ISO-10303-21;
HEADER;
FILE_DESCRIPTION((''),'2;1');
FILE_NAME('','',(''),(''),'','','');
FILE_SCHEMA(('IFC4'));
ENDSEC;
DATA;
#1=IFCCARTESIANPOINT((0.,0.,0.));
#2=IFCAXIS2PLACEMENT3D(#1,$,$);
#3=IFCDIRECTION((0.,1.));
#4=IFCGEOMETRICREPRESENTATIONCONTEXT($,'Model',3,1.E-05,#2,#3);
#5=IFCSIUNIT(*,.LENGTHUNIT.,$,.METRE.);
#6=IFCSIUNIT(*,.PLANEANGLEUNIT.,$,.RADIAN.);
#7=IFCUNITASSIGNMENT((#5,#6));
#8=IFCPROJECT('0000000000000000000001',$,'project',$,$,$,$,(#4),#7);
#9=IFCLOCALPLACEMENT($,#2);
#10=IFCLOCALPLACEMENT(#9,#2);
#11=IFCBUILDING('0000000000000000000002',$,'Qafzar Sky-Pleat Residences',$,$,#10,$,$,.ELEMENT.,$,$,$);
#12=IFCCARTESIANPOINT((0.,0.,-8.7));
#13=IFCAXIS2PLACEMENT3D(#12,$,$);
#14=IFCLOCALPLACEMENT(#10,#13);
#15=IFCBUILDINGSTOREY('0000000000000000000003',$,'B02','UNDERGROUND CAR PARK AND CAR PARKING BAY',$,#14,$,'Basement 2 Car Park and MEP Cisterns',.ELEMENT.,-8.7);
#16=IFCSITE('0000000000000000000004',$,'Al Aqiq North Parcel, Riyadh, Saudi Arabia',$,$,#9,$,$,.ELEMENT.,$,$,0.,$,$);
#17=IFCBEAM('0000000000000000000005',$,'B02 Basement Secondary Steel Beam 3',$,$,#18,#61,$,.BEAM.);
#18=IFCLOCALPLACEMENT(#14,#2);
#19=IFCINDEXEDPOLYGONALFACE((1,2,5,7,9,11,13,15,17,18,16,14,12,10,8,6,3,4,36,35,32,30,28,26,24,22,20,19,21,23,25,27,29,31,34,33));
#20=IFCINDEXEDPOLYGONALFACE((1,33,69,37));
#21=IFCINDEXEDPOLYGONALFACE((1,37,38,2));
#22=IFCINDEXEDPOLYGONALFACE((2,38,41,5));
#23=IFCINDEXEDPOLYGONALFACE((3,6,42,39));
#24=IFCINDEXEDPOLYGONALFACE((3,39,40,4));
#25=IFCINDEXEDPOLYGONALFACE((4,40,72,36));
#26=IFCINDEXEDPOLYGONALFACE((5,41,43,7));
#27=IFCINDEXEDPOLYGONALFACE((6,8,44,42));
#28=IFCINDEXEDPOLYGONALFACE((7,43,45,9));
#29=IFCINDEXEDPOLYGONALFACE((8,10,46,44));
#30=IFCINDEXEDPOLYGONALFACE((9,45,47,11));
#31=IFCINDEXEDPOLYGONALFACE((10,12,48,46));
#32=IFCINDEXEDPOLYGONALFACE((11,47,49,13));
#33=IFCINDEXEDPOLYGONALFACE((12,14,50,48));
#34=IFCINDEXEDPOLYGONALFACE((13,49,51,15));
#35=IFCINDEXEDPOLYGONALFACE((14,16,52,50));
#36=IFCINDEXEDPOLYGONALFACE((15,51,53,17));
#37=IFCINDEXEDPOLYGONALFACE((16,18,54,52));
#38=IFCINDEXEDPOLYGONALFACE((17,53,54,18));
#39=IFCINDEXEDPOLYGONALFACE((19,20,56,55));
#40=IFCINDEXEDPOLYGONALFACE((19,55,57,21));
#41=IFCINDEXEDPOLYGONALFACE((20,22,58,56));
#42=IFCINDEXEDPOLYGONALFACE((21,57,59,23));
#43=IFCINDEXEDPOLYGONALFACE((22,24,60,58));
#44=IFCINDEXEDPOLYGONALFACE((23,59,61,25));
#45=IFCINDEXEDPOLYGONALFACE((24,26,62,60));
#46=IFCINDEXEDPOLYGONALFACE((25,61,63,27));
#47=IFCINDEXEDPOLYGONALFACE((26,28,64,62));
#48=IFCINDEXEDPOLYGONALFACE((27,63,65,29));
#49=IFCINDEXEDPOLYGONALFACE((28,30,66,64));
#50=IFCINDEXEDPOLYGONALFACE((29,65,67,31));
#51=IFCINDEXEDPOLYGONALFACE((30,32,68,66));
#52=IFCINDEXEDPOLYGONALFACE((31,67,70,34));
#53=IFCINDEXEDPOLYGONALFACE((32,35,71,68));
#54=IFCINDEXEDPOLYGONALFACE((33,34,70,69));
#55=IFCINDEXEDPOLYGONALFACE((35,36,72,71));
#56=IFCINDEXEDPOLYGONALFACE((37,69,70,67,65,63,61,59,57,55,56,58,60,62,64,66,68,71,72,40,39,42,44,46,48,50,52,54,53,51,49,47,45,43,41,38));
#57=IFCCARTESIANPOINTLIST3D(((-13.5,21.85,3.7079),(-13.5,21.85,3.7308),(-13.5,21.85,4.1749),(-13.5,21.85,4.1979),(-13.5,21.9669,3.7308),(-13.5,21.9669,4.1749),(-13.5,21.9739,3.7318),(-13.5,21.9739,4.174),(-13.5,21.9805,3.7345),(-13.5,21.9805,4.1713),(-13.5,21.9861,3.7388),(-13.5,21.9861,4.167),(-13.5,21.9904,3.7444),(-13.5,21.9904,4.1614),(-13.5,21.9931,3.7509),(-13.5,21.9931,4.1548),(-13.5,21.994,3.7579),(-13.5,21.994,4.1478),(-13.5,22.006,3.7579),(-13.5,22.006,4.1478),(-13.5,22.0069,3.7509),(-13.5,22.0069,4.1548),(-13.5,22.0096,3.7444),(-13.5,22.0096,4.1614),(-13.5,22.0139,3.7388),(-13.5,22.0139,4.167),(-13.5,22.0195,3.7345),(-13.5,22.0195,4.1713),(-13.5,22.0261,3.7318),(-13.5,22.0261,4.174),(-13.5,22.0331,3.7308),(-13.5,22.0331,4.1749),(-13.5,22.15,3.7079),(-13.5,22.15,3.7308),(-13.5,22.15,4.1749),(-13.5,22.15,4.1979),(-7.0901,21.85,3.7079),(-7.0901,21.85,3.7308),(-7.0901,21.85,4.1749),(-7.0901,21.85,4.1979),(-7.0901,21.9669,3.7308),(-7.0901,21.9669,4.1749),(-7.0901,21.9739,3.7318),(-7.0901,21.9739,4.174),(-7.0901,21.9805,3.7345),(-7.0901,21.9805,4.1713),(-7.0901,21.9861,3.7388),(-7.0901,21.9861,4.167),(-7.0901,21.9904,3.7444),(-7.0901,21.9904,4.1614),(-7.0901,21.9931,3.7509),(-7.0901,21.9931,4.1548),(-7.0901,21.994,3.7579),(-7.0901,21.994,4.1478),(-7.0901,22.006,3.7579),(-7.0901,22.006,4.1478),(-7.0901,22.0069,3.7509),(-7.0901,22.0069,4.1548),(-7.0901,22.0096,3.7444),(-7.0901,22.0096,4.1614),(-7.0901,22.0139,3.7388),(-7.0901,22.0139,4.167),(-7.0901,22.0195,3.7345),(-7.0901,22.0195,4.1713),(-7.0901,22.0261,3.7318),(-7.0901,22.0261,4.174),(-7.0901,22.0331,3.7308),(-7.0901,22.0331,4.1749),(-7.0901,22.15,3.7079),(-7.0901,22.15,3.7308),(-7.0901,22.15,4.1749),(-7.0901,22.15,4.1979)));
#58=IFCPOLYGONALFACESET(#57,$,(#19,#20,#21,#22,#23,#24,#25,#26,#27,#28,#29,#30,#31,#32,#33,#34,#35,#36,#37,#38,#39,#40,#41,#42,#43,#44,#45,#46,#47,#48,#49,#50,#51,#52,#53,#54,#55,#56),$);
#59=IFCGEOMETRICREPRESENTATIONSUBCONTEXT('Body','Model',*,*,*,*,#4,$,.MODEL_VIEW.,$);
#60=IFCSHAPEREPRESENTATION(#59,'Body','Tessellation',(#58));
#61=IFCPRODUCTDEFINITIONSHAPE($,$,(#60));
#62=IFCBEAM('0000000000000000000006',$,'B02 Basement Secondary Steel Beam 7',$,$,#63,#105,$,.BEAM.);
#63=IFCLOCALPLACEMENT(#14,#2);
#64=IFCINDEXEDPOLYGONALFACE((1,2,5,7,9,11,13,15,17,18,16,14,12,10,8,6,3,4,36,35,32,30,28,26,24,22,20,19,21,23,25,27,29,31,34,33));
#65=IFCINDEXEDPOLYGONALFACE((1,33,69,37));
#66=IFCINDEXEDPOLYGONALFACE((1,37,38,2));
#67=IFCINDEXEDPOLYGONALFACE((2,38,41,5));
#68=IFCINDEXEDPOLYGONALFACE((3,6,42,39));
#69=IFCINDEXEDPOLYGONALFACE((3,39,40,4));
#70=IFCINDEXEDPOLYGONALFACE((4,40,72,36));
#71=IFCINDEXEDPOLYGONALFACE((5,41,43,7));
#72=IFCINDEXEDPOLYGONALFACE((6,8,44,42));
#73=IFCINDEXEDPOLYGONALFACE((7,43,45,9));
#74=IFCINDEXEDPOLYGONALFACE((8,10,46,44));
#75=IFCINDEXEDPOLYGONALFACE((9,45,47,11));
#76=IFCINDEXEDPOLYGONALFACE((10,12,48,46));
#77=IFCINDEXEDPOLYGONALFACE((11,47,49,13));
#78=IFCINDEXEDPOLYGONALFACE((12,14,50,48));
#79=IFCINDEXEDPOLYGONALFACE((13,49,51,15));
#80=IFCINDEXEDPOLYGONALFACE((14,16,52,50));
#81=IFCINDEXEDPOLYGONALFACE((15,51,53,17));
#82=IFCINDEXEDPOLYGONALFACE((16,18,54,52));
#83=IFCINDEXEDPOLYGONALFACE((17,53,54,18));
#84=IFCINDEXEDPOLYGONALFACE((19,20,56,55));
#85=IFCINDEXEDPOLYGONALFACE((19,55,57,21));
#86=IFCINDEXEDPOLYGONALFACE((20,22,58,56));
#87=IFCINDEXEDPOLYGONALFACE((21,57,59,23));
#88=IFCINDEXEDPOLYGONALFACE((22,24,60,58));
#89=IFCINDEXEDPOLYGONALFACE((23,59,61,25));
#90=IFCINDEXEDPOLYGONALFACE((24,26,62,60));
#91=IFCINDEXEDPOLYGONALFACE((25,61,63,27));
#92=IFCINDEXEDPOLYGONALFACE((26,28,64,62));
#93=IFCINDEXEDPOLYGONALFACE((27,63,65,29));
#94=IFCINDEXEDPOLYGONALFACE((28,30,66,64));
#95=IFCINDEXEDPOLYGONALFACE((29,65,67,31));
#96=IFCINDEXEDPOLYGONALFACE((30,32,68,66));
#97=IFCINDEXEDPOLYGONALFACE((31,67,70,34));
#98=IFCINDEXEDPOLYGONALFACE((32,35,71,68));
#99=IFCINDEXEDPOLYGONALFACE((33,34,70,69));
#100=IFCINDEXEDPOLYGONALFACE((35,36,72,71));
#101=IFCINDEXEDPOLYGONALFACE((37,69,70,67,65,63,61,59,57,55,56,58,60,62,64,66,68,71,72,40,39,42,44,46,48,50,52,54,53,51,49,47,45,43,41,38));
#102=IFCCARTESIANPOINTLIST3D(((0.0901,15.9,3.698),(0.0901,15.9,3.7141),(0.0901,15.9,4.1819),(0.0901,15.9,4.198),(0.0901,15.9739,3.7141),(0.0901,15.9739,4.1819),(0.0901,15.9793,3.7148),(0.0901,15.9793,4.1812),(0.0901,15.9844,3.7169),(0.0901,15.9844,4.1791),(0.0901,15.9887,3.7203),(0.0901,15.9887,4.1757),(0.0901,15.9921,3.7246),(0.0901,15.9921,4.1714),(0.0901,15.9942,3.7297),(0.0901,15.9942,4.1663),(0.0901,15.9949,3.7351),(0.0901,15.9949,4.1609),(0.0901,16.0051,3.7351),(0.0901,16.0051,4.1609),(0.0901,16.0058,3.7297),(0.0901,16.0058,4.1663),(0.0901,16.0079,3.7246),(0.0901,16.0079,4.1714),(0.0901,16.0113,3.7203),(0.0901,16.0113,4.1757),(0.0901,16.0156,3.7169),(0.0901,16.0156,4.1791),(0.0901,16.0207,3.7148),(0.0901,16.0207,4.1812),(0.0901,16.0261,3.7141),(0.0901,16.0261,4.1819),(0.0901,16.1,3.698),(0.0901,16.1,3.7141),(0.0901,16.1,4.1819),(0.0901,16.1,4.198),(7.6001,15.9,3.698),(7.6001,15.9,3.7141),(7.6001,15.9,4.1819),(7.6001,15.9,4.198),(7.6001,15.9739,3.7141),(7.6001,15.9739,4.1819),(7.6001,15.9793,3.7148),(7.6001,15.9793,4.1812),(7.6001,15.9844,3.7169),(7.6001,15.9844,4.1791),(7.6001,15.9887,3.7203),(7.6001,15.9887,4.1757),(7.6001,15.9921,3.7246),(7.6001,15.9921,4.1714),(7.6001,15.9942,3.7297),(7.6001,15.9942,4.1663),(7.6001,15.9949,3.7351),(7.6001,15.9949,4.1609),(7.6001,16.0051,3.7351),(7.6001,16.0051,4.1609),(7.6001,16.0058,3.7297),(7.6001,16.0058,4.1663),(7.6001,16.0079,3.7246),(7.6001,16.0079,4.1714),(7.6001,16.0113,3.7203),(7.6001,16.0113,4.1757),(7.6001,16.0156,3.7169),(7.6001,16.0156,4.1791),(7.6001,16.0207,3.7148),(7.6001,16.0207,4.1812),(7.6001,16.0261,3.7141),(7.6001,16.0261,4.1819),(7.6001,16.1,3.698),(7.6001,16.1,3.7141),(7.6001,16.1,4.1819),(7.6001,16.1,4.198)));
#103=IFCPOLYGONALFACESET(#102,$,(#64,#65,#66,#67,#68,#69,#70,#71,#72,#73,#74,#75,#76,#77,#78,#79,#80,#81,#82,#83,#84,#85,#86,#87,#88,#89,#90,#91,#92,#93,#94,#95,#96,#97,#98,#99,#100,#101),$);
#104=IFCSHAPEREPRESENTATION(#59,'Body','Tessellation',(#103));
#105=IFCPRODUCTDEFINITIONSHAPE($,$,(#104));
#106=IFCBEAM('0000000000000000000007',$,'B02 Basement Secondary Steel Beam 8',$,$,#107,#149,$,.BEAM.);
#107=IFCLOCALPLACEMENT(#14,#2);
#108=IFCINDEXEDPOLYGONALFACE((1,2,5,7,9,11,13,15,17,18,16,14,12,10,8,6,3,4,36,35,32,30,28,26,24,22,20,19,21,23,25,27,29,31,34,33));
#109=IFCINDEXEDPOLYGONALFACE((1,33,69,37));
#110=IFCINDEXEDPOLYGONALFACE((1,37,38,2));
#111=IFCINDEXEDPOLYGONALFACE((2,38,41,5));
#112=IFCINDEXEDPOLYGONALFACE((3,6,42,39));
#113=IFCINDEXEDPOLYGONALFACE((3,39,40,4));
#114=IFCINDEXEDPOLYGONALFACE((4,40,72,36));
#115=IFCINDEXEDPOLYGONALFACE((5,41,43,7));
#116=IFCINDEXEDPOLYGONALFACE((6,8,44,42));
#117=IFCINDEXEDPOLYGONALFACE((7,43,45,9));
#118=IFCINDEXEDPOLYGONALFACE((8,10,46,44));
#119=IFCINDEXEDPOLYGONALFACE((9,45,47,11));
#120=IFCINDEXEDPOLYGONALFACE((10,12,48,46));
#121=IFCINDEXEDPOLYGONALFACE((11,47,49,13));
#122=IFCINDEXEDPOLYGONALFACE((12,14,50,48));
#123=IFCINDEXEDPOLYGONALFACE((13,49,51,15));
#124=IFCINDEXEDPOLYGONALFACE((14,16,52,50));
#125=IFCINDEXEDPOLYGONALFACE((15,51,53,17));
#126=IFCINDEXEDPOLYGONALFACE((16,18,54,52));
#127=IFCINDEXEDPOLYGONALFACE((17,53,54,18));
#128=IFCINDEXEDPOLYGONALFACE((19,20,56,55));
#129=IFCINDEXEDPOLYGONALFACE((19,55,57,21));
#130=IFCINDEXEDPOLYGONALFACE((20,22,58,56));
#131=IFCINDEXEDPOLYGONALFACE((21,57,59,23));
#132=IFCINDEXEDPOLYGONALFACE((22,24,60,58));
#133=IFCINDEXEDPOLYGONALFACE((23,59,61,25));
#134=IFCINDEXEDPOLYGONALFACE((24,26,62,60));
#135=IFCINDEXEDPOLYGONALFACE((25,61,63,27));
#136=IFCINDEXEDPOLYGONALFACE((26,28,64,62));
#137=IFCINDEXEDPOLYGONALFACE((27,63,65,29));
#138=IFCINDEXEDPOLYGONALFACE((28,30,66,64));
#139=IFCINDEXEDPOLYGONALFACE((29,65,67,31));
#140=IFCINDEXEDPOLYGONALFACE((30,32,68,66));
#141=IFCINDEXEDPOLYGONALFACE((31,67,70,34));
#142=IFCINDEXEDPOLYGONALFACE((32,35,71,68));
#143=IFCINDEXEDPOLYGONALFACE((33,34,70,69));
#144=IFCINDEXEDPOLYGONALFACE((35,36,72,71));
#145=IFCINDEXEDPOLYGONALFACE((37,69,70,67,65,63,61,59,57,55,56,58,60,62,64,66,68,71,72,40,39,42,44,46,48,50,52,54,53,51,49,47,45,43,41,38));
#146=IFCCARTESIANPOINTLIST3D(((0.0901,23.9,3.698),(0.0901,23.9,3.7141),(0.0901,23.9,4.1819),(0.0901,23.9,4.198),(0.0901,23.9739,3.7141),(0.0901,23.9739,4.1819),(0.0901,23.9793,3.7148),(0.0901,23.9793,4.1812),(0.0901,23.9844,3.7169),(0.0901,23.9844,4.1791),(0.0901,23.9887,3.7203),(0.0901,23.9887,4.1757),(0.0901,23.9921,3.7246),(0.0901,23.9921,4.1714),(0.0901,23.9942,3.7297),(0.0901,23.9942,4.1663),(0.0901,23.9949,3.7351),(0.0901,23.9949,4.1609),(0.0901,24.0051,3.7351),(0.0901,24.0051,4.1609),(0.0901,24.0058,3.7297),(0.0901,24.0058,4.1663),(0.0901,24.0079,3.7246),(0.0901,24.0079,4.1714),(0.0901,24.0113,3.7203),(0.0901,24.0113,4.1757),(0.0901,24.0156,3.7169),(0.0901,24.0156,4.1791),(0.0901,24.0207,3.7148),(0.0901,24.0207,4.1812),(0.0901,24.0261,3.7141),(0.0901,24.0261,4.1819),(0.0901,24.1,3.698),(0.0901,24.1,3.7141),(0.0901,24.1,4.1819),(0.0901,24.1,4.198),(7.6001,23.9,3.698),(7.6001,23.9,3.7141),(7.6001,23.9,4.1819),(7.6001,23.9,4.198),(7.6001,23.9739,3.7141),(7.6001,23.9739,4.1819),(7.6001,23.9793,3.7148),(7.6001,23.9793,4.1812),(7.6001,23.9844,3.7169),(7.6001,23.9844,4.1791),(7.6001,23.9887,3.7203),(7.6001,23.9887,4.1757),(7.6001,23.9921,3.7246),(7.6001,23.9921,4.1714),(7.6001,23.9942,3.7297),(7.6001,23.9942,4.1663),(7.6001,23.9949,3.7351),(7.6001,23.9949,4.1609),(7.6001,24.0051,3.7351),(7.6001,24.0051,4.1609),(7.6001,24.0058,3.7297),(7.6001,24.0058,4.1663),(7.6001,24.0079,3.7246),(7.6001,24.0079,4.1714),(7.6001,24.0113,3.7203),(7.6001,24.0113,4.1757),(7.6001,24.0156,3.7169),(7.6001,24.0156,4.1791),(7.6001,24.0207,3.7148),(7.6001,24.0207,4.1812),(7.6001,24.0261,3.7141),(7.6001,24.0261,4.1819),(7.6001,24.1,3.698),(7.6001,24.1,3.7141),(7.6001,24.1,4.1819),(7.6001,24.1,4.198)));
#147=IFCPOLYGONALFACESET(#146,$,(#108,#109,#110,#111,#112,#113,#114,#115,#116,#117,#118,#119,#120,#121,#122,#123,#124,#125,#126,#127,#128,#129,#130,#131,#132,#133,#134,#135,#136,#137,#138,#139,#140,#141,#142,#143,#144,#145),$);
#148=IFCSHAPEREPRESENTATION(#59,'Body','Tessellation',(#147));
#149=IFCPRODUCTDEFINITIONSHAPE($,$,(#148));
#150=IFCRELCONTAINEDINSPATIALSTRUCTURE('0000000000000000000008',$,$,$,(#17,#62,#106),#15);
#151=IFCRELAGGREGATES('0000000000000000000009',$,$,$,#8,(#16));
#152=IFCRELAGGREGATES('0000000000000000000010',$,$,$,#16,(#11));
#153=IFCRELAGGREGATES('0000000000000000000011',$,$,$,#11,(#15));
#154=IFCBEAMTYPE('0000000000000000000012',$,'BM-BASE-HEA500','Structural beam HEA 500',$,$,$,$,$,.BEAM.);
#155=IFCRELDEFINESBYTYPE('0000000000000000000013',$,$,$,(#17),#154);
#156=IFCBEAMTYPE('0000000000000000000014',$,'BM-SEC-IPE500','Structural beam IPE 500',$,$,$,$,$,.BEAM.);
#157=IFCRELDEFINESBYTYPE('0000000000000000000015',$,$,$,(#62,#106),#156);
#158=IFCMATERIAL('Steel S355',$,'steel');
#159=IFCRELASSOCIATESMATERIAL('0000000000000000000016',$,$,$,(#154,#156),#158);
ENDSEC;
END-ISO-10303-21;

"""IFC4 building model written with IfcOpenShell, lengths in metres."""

from ifc_helpers import new_model, si_unit, direction, frame, origin, origin_2d, place, context, subcontext, project, spatial, i_section, extrude, source, transform, mapped, material, material_profile, profile_set, type_object, element, save


model = new_model("IFC4")

# Units and contexts
model_context = context("Model", 3, precision=1e-05, world=origin(), true_north=direction((0.0, 1.0)))
body_context = subcontext(model_context, "Body", "Model", "MODEL_VIEW")
ifc_project = project(units=[si_unit("LENGTHUNIT", "METRE"), si_unit("PLANEANGLEUNIT", "RADIAN")], contexts=[model_context])

# Site, building, storey
site_placement = place(None, origin())
site = spatial("IfcSite", under=ifc_project, at=site_placement, Name="Al Aqiq North Parcel, Riyadh, Saudi Arabia", CompositionType="ELEMENT", RefElevation=0.0)
building_placement = place(site_placement, origin())
building = spatial("IfcBuilding", under=site, at=building_placement, Name="Qafzar Sky-Pleat Residences", CompositionType="ELEMENT")
storey_placement = place(building_placement, frame((0.0, 0.0, -8.7)))
storey = spatial("IfcBuildingStorey", under=building, at=storey_placement, Name="B02", Description="UNDERGROUND CAR PARK AND CAR PARKING BAY", LongName="Basement 2 Car Park and MEP Cisterns", CompositionType="ELEMENT", Elevation=-8.7)

# Shared definitions
ifc_material_1 = material(Name="Steel S355", Category="steel")

# Beams
ifc_material_profile_1 = material_profile(ifc_material_1, i_section(OverallWidth=0.3, OverallDepth=0.49, WebThickness=0.012, FlangeThickness=0.0229, FilletRadius=0.0271, at=origin_2d()), Name="HEA 500")
ifc_profile_set_1 = profile_set([ifc_material_profile_1], Name="Steel S355")
beam_type_1 = type_object("IfcBeamType", Name="BM-BASE-HEA500", Description="Structural beam HEA 500", PredefinedType="BEAM", material=ifc_profile_set_1)
shared_shape_1 = source(origin(), body_context, "Body", "SweptSolid", [
    extrude(i_section(OverallWidth=0.3, OverallDepth=0.49, WebThickness=0.012, FlangeThickness=0.0229, FilletRadius=0.0271, at=origin_2d()), origin(), (0.0, 0.0, 1.0), 6.4099),
])
for number, where, z_axis, x_axis, name in (
    (1, (-13.5, 22.0, 3.9529), (1.0, 0.0, 0.0), (0.0, 1.0, 0.0), "B02 Basement Secondary Steel Beam 3"),
):
    element("IfcBeam", number, at=place(storey_placement, frame(where, z_axis=z_axis, x_axis=x_axis)), inside=storey, type_object=beam_type_1, Name=name, PredefinedType="BEAM", context=body_context, shape_type="MappedRepresentation", body=[
        mapped(shared_shape_1, transform((0.0, 0.0, 0.0), x_axis=(1.0, 0.0, 0.0), y_axis=(0.0, 1.0, 0.0), z_axis=(0.0, 0.0, 1.0), scale=1.0)),
    ])
ifc_material_profile_2 = material_profile(ifc_material_1, i_section(OverallWidth=0.2, OverallDepth=0.5, WebThickness=0.0103, FlangeThickness=0.0161, FilletRadius=0.021, at=origin_2d()), Name="IPE 500")
ifc_profile_set_2 = profile_set([ifc_material_profile_2], Name="Steel S355")
beam_type_2 = type_object("IfcBeamType", Name="BM-SEC-IPE500", Description="Structural beam IPE 500", PredefinedType="BEAM", material=ifc_profile_set_2)
shared_shape_2 = source(origin(), body_context, "Body", "SweptSolid", [
    extrude(i_section(OverallWidth=0.2, OverallDepth=0.5, WebThickness=0.0103, FlangeThickness=0.0161, FilletRadius=0.021, at=origin_2d()), origin(), (0.0, 0.0, 1.0), 7.51),
])
for number, where, z_axis, x_axis, name in (
    (2, (0.0901, 16.0, 3.948), (1.0, 0.0, 0.0), (0.0, 1.0, 0.0), "B02 Basement Secondary Steel Beam 7"),
    (3, (0.0901, 24.0, 3.948), (1.0, 0.0, 0.0), (0.0, 1.0, 0.0), "B02 Basement Secondary Steel Beam 8"),
):
    element("IfcBeam", number, at=place(storey_placement, frame(where, z_axis=z_axis, x_axis=x_axis)), inside=storey, type_object=beam_type_2, Name=name, PredefinedType="BEAM", context=body_context, shape_type="MappedRepresentation", body=[
        mapped(shared_shape_2, transform((0.0, 0.0, 0.0), x_axis=(1.0, 0.0, 0.0), y_axis=(0.0, 1.0, 0.0), z_axis=(0.0, 0.0, 1.0), scale=1.0)),
    ])

save(model, "model.ifc")
